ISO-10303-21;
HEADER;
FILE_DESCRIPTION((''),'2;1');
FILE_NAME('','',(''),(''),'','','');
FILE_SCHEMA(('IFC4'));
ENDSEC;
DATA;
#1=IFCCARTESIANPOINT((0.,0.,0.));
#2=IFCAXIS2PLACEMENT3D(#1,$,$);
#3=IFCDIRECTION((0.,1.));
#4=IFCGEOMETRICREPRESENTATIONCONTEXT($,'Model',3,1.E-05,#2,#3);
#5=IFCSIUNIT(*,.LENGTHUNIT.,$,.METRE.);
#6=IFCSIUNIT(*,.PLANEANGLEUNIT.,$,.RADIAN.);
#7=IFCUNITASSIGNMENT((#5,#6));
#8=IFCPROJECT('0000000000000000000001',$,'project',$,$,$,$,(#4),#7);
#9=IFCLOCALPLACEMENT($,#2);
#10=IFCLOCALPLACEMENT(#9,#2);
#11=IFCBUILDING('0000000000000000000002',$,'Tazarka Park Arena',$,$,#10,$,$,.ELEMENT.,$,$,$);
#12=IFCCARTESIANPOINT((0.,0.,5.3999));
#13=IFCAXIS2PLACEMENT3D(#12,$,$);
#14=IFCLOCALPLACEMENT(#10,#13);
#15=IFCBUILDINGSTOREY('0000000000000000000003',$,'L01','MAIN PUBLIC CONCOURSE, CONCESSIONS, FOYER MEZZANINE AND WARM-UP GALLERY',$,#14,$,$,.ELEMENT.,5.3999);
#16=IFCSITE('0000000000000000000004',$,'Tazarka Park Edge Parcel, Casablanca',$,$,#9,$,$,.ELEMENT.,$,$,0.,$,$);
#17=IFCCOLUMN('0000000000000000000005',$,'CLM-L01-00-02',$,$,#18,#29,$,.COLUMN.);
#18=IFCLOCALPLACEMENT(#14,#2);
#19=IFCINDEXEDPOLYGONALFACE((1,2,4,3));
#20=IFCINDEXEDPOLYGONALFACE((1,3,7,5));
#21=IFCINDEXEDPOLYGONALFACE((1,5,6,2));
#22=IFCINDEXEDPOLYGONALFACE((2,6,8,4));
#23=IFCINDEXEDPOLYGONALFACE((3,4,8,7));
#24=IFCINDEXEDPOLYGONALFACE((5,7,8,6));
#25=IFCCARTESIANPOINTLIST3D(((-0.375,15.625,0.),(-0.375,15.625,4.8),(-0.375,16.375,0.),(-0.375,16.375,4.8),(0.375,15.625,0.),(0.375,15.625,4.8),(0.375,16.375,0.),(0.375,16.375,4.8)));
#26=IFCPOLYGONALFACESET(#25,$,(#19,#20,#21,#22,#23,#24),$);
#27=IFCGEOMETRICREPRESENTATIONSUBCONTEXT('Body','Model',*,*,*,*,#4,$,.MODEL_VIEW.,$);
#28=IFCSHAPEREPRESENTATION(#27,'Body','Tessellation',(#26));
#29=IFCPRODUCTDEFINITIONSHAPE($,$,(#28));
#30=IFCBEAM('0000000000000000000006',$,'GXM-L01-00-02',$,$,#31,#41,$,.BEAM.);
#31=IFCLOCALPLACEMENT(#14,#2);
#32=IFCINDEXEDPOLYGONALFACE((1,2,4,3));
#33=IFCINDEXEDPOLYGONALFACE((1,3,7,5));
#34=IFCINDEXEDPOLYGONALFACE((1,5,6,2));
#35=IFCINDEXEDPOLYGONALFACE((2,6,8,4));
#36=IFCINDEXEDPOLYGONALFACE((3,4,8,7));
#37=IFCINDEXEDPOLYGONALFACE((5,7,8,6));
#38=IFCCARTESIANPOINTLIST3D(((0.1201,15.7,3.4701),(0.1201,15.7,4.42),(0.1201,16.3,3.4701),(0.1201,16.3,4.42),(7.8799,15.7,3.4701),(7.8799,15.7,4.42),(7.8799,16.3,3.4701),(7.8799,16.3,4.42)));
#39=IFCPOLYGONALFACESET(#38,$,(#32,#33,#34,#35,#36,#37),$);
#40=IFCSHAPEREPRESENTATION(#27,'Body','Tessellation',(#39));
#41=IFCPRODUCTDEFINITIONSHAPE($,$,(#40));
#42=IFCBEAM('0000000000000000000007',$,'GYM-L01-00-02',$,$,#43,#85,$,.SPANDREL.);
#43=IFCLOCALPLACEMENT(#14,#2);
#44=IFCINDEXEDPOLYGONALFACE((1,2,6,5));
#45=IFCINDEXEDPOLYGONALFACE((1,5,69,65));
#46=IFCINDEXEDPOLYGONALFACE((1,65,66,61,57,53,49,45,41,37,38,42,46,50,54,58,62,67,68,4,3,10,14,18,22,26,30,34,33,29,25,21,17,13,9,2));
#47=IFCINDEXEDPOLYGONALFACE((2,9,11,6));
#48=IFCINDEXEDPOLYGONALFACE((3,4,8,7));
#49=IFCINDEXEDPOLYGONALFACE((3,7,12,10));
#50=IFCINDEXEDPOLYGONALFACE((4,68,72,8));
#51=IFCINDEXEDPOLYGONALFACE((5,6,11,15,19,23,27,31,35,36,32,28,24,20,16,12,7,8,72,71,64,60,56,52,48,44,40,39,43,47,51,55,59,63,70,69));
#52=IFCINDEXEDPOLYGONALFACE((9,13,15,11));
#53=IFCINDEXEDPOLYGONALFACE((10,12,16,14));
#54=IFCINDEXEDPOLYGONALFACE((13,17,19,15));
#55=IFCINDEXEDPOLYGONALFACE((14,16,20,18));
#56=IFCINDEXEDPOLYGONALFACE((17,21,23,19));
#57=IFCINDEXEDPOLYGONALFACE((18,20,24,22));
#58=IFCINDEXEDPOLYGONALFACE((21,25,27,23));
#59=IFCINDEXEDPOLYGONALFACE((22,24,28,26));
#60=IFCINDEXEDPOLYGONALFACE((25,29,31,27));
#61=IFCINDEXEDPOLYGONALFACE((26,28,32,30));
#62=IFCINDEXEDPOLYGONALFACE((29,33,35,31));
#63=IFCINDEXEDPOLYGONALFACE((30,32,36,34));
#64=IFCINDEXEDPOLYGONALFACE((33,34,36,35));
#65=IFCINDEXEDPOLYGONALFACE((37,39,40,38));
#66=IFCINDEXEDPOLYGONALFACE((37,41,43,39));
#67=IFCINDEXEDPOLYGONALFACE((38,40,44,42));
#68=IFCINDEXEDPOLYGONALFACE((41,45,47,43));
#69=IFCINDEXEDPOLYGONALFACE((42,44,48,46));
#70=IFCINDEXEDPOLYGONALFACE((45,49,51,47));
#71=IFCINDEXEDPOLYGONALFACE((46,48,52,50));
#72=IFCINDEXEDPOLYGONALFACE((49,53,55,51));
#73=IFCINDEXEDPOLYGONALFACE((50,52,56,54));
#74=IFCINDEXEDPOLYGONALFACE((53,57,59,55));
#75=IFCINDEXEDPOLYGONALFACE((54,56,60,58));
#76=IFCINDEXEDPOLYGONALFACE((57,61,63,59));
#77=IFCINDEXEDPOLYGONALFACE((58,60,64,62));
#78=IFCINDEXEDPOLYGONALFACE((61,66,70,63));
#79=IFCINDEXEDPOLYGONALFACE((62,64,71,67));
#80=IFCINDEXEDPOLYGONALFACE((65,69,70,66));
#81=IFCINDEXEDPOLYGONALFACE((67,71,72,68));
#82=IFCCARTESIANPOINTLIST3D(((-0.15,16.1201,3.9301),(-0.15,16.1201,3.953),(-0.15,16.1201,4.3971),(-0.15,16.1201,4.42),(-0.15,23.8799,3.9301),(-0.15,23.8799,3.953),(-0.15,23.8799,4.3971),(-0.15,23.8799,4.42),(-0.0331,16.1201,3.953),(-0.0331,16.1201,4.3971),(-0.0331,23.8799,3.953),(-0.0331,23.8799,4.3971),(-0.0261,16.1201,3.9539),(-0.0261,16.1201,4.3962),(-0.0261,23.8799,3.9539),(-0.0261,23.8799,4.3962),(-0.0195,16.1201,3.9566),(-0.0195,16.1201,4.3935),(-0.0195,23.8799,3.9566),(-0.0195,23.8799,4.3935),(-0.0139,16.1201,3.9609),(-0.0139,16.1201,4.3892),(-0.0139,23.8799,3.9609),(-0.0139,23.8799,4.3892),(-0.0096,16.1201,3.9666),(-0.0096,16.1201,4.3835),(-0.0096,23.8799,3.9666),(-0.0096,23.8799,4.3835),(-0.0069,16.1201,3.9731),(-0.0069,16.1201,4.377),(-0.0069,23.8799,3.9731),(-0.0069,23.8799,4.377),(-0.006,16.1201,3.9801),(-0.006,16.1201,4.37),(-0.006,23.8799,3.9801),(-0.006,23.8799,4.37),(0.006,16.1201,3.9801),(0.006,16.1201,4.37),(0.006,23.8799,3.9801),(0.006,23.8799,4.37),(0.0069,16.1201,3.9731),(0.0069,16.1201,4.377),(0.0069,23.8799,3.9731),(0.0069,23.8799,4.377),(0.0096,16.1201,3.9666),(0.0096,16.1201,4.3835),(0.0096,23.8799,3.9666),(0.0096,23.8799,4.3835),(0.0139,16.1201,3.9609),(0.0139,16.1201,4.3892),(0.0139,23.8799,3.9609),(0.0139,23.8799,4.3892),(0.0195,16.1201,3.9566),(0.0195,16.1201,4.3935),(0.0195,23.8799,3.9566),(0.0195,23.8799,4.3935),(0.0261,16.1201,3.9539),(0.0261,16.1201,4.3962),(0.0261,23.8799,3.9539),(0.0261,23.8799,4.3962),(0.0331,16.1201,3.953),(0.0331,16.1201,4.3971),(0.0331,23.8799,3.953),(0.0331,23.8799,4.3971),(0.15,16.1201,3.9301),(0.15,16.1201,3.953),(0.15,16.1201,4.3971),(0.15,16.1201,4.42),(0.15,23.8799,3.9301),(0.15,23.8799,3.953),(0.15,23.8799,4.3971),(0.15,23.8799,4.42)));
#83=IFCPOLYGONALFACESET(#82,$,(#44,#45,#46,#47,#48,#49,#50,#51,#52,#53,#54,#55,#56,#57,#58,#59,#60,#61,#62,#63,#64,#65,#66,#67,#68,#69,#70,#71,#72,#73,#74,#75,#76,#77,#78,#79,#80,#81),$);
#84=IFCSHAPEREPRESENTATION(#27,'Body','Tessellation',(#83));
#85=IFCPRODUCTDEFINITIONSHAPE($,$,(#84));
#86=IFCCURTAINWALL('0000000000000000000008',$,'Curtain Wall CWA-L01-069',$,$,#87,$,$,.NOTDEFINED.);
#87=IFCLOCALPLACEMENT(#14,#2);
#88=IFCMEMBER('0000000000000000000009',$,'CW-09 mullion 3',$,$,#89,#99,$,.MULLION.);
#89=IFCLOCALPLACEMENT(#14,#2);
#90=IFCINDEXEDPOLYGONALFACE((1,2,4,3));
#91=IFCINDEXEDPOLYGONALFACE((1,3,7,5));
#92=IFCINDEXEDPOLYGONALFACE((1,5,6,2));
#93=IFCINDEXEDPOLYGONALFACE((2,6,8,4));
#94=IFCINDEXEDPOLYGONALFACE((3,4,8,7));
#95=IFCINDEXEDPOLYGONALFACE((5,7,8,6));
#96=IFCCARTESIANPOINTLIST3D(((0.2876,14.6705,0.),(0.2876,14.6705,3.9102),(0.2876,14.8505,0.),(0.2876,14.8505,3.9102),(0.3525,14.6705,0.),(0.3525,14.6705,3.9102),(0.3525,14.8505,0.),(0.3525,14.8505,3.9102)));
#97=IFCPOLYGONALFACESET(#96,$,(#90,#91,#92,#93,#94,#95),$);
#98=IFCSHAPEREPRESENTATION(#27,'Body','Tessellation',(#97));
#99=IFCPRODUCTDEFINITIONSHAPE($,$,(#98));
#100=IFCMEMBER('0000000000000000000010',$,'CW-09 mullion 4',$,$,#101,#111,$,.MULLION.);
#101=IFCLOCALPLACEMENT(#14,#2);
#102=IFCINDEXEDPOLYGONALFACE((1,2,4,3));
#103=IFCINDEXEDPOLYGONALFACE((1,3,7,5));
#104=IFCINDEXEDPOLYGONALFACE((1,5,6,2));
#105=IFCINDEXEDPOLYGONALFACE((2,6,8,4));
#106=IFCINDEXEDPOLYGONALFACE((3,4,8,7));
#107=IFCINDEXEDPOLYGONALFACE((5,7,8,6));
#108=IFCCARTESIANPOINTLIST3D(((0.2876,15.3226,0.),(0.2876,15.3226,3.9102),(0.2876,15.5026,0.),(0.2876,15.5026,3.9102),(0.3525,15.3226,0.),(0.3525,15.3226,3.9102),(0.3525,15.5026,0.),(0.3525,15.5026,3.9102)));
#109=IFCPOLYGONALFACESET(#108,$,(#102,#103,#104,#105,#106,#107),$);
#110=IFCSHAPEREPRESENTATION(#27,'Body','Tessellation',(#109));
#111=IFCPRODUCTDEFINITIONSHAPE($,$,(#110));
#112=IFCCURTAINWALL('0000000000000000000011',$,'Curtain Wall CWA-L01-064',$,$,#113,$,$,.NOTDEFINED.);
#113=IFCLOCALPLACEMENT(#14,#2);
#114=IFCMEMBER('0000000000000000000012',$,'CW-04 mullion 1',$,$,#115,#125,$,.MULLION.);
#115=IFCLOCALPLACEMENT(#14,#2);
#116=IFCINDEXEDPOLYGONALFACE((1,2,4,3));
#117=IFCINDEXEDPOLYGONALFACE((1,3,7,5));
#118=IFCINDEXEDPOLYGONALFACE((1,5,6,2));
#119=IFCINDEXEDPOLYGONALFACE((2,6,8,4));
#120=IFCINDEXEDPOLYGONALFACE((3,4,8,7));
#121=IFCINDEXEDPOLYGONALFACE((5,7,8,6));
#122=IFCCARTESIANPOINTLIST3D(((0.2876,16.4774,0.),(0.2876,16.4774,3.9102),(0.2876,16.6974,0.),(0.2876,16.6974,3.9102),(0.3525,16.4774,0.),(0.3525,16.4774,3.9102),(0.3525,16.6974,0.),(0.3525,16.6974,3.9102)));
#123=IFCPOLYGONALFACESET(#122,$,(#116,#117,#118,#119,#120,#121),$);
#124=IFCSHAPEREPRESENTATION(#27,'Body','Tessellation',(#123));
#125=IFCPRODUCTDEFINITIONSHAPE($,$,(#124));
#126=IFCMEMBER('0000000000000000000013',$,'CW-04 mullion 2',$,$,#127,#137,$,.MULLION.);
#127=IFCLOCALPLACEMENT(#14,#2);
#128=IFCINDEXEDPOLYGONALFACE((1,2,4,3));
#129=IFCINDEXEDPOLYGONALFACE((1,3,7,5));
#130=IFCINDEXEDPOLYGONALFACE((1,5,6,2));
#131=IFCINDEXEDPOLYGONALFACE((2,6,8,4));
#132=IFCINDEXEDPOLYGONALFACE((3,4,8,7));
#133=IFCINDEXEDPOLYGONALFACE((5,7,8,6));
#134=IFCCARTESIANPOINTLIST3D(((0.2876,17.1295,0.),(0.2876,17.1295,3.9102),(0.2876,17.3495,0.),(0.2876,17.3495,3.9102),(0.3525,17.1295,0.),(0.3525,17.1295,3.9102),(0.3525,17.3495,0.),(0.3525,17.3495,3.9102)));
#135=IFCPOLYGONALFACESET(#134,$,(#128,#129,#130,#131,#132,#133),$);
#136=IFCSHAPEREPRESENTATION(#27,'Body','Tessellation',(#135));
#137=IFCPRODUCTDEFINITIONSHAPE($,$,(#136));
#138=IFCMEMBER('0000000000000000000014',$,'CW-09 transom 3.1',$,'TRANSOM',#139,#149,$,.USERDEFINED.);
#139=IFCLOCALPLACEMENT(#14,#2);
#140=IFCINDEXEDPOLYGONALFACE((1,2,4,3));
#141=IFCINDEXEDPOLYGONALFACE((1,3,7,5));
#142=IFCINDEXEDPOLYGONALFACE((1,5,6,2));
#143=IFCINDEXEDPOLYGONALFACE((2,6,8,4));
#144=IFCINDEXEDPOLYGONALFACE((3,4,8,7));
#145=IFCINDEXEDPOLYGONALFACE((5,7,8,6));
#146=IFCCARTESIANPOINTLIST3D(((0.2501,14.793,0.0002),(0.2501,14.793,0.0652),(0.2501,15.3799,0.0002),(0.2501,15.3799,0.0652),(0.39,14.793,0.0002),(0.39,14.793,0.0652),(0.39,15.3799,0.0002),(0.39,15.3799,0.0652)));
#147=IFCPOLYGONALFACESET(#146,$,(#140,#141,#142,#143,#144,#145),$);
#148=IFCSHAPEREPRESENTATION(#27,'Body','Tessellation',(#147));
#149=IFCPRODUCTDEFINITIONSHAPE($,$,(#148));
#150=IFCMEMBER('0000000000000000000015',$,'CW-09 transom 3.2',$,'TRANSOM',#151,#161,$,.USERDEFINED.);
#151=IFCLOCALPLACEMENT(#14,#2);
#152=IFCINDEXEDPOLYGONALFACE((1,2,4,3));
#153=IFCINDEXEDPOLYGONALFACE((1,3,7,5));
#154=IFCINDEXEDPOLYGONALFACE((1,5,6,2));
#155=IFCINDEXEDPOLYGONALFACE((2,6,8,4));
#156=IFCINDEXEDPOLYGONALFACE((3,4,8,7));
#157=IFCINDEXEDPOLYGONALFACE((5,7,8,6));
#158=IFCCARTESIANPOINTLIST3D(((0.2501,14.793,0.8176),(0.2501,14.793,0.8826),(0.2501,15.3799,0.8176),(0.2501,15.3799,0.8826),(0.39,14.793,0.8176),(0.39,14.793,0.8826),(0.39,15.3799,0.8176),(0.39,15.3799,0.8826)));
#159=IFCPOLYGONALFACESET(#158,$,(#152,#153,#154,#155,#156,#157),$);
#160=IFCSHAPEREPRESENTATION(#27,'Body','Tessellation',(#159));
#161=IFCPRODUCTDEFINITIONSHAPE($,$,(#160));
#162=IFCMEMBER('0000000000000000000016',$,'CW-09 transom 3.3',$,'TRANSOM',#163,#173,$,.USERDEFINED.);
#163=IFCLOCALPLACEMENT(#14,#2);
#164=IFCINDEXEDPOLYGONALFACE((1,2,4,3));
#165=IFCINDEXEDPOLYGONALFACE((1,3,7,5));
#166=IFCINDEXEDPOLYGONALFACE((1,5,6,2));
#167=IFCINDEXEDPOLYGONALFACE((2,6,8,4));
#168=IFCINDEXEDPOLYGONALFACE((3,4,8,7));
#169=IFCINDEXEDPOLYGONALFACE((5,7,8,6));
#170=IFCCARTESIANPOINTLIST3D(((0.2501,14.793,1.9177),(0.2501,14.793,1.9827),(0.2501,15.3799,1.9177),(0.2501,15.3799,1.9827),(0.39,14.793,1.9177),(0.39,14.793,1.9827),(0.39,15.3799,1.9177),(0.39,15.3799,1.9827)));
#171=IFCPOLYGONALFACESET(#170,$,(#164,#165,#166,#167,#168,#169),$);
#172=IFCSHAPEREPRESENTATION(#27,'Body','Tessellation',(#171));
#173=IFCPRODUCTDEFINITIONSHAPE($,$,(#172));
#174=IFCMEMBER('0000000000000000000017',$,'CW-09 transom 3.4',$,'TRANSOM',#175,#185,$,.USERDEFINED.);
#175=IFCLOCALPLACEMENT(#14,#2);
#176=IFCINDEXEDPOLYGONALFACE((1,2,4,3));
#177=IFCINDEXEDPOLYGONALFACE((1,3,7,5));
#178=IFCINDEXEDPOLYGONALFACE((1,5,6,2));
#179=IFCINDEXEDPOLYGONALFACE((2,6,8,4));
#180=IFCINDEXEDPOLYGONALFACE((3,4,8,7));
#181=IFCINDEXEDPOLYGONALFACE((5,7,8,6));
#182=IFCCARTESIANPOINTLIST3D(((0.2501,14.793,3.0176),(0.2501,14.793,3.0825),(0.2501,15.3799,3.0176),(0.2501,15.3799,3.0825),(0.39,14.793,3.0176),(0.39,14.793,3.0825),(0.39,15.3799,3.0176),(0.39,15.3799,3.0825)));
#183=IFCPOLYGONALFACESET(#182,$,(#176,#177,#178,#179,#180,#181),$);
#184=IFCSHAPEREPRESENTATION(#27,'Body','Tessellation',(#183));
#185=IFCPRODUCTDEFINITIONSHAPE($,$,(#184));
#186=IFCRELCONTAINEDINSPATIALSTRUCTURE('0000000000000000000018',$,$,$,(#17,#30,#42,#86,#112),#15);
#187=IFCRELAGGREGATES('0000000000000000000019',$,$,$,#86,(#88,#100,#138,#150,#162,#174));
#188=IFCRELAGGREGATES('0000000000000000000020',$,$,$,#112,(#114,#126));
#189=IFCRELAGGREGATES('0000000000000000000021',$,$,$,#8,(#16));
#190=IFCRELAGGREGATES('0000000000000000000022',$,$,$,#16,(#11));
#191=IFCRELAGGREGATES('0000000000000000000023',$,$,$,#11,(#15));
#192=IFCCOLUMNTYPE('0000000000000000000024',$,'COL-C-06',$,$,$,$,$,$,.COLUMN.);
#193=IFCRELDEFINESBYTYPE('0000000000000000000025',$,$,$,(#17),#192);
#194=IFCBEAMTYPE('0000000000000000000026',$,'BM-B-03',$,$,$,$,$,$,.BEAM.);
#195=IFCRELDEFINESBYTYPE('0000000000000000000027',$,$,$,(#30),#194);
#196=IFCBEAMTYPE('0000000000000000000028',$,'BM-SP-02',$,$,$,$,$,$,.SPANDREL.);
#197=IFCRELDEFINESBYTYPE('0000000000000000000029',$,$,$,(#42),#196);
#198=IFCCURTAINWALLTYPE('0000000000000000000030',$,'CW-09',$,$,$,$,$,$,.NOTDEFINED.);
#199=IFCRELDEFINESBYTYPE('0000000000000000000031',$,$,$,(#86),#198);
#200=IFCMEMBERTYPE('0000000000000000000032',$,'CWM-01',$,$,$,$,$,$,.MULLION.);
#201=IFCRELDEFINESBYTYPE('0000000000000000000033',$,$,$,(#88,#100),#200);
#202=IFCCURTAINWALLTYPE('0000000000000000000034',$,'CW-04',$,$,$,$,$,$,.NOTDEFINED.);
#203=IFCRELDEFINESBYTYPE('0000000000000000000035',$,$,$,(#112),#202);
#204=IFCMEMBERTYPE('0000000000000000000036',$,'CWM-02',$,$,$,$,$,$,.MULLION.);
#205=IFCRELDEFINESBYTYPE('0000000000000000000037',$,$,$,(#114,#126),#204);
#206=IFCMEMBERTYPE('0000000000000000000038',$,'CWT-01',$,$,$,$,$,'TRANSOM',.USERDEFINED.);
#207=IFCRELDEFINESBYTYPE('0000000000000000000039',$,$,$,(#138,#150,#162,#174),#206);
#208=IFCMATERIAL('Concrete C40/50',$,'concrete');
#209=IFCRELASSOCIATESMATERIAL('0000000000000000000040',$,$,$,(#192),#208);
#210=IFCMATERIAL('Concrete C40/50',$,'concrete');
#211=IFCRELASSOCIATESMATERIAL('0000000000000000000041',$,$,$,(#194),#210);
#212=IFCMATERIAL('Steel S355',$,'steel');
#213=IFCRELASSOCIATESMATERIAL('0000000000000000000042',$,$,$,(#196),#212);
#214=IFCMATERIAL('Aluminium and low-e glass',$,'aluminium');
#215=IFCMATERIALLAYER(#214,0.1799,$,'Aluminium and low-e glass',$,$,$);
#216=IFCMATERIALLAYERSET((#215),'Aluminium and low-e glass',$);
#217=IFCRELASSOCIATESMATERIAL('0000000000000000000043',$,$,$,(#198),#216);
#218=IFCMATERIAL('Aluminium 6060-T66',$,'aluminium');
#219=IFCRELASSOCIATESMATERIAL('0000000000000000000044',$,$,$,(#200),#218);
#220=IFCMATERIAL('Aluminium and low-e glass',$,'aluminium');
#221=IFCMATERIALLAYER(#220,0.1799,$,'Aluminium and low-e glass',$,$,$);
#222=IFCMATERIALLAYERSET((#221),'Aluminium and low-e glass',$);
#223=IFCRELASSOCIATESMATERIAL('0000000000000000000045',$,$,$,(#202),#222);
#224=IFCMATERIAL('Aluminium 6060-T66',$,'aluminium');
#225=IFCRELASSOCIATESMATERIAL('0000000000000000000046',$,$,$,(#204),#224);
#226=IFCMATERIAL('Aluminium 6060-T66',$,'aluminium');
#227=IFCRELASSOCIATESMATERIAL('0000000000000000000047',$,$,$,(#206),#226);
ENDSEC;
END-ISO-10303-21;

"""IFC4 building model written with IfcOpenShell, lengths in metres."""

from ifc_helpers import new_model, si_unit, direction, frame, origin, origin_2d, place, context, subcontext, project, spatial, rectangle, i_section, extrude, material, layer, layer_set, material_profile, profile_set, type_object, element, aggregate, save


model = new_model("IFC4")

# Units and contexts
model_context = context("Model", 3, precision=1e-05, world=origin(), true_north=direction((0.0, 1.0)))
body_context = subcontext(model_context, "Body", "Model", "MODEL_VIEW")
ifc_project = project(units=[si_unit("LENGTHUNIT", "METRE"), si_unit("PLANEANGLEUNIT", "RADIAN")], contexts=[model_context])

# Site, building, storey
site_placement = place(None, origin())
site = spatial("IfcSite", under=ifc_project, at=site_placement, Name="Tazarka Park Edge Parcel, Casablanca", CompositionType="ELEMENT", RefElevation=0.0)
building_placement = place(site_placement, origin())
building = spatial("IfcBuilding", under=site, at=building_placement, Name="Tazarka Park Arena", CompositionType="ELEMENT")
storey_placement = place(building_placement, frame((0.0, 0.0, 5.3999)))
storey = spatial("IfcBuildingStorey", under=building, at=storey_placement, Name="L01", Description="MAIN PUBLIC CONCOURSE, CONCESSIONS, FOYER MEZZANINE AND WARM-UP GALLERY", CompositionType="ELEMENT", Elevation=5.3999)

# Column
ifc_material_1 = material(Name="Concrete C40/50", Category="concrete")
ifc_material_profile_1 = material_profile(ifc_material_1, rectangle(XDim=0.75, YDim=0.75, at=origin_2d()), Name="Concrete C40/50")
ifc_profile_set_1 = profile_set([ifc_material_profile_1], Name="Concrete C40/50")
column_type = type_object("IfcColumnType", Name="COL-C-06", PredefinedType="COLUMN", material=ifc_profile_set_1)
column_placement = place(storey_placement, frame((0.0, 16.0, 0.0), z_axis=(0.0, 0.0, 1.0), x_axis=(1.0, 0.0, 0.0)))
element("IfcColumn", 1, at=column_placement, inside=storey, type_object=column_type, Name="CLM-L01-00-02", PredefinedType="COLUMN", context=body_context, shape_type="SweptSolid", body=[
    extrude(rectangle(XDim=0.75, YDim=0.75, at=origin_2d()), origin(), (0.0, 0.0, 1.0), 4.8),
])

# Beams
ifc_material_2 = material(Name="Concrete C40/50", Category="concrete")
ifc_material_profile_2 = material_profile(ifc_material_2, rectangle(XDim=0.6001, YDim=0.95, at=origin_2d()), Name="Concrete C40/50")
ifc_profile_set_2 = profile_set([ifc_material_profile_2], Name="Concrete C40/50")
beam_type_1 = type_object("IfcBeamType", Name="BM-B-03", PredefinedType="BEAM", material=ifc_profile_set_2)
beam_1_placement = place(storey_placement, frame((0.1201, 16.0, 3.9451), z_axis=(1.0, 0.0, 0.0), x_axis=(0.0, 1.0, 0.0)))
element("IfcBeam", 2, at=beam_1_placement, inside=storey, type_object=beam_type_1, Name="GXM-L01-00-02", PredefinedType="BEAM", context=body_context, shape_type="SweptSolid", body=[
    extrude(rectangle(XDim=0.6001, YDim=0.95, at=origin_2d()), origin(), (0.0, 0.0, 1.0), 7.7598),
])
ifc_material_3 = material(Name="Steel S355", Category="steel")
ifc_material_profile_3 = material_profile(ifc_material_3, i_section(OverallWidth=0.3, OverallDepth=0.49, WebThickness=0.012, FlangeThickness=0.0229, FilletRadius=0.0271, at=origin_2d()), Name="Steel S355")
ifc_profile_set_3 = profile_set([ifc_material_profile_3], Name="Steel S355")
beam_type_2 = type_object("IfcBeamType", Name="BM-SP-02", PredefinedType="SPANDREL", material=ifc_profile_set_3)
beam_2_placement = place(storey_placement, frame((0.0, 16.1201, 4.175), z_axis=(0.0, 1.0, 0.0), x_axis=(-1.0, 0.0, 0.0)))
element("IfcBeam", 3, at=beam_2_placement, inside=storey, type_object=beam_type_2, Name="GYM-L01-00-02", PredefinedType="SPANDREL", context=body_context, shape_type="SweptSolid", body=[
    extrude(i_section(OverallWidth=0.3, OverallDepth=0.49, WebThickness=0.012, FlangeThickness=0.0229, FilletRadius=0.0271, at=origin_2d()), origin(), (0.0, 0.0, 1.0), 7.7598),
])

# Curtain walls, members
ifc_material_4 = material(Name="Aluminium and low-e glass", Category="aluminium")
ifc_layer_1 = layer(ifc_material_4, 0.1799, Name="Aluminium and low-e glass")
ifc_layer_set_1 = layer_set([ifc_layer_1], Name="Aluminium and low-e glass")
curtain_wall_type_1 = type_object("IfcCurtainWallType", Name="CW-09", PredefinedType="NOTDEFINED", material=ifc_layer_set_1)
curtain_wall_1_placement = place(storey_placement, origin())
curtain_wall_1 = element("IfcCurtainWall", 4, at=curtain_wall_1_placement, inside=storey, type_object=curtain_wall_type_1, Name="Curtain Wall CWA-L01-069", PredefinedType="NOTDEFINED")
ifc_material_5 = material(Name="Aluminium 6060-T66", Category="aluminium")
ifc_material_profile_4 = material_profile(ifc_material_5, rectangle(XDim=0.0649, YDim=0.1799, at=origin_2d()), Name="Aluminium 6060-T66")
ifc_profile_set_4 = profile_set([ifc_material_profile_4], Name="Aluminium 6060-T66")
member_type_1 = type_object("IfcMemberType", Name="CWM-01", PredefinedType="MULLION", material=ifc_profile_set_4)
member_1_placement = place(storey_placement, frame((0.3201, 14.7605, 0.0), z_axis=(0.0, 0.0, 1.0), x_axis=(-1.0, 0.0, 0.0)))
member_1 = element("IfcMember", 5, at=member_1_placement, type_object=member_type_1, Name="CW-09 mullion 3", PredefinedType="MULLION", context=body_context, shape_type="SweptSolid", body=[
    extrude(rectangle(XDim=0.0649, YDim=0.1799, at=origin_2d()), origin(), (0.0, 0.0, 1.0), 3.9102),
])
member_2_placement = place(storey_placement, frame((0.3201, 15.4126, 0.0), z_axis=(0.0, 0.0, 1.0), x_axis=(-1.0, 0.0, 0.0)))
member_2 = element("IfcMember", 6, at=member_2_placement, type_object=member_type_1, Name="CW-09 mullion 4", PredefinedType="MULLION", context=body_context, shape_type="SweptSolid", body=[
    extrude(rectangle(XDim=0.0649, YDim=0.1799, at=origin_2d()), origin(), (0.0, 0.0, 1.0), 3.9102),
])
ifc_material_6 = material(Name="Aluminium and low-e glass", Category="aluminium")
ifc_layer_2 = layer(ifc_material_6, 0.1799, Name="Aluminium and low-e glass")
ifc_layer_set_2 = layer_set([ifc_layer_2], Name="Aluminium and low-e glass")
curtain_wall_type_2 = type_object("IfcCurtainWallType", Name="CW-04", PredefinedType="NOTDEFINED", material=ifc_layer_set_2)
curtain_wall_2_placement = place(storey_placement, origin())
curtain_wall_2 = element("IfcCurtainWall", 7, at=curtain_wall_2_placement, inside=storey, type_object=curtain_wall_type_2, Name="Curtain Wall CWA-L01-064", PredefinedType="NOTDEFINED")
ifc_material_7 = material(Name="Aluminium 6060-T66", Category="aluminium")
ifc_material_profile_5 = material_profile(ifc_material_7, rectangle(XDim=0.0649, YDim=0.22, at=origin_2d()), Name="Aluminium 6060-T66")
ifc_profile_set_5 = profile_set([ifc_material_profile_5], Name="Aluminium 6060-T66")
member_type_2 = type_object("IfcMemberType", Name="CWM-02", PredefinedType="MULLION", material=ifc_profile_set_5)
member_3_placement = place(storey_placement, frame((0.3201, 16.5874, 0.0), z_axis=(0.0, 0.0, 1.0), x_axis=(-1.0, 0.0, 0.0)))
member_3 = element("IfcMember", 8, at=member_3_placement, type_object=member_type_2, Name="CW-04 mullion 1", PredefinedType="MULLION", context=body_context, shape_type="SweptSolid", body=[
    extrude(rectangle(XDim=0.0649, YDim=0.22, at=origin_2d()), origin(), (0.0, 0.0, 1.0), 3.9102),
])
member_4_placement = place(storey_placement, frame((0.3201, 17.2395, 0.0), z_axis=(0.0, 0.0, 1.0), x_axis=(-1.0, 0.0, 0.0)))
member_4 = element("IfcMember", 9, at=member_4_placement, type_object=member_type_2, Name="CW-04 mullion 2", PredefinedType="MULLION", context=body_context, shape_type="SweptSolid", body=[
    extrude(rectangle(XDim=0.0649, YDim=0.22, at=origin_2d()), origin(), (0.0, 0.0, 1.0), 3.9102),
])

# Members
ifc_material_8 = material(Name="Aluminium 6060-T66", Category="aluminium")
ifc_material_profile_6 = material_profile(ifc_material_8, rectangle(XDim=0.1399, YDim=0.0649, at=origin_2d()), Name="Aluminium 6060-T66")
ifc_profile_set_6 = profile_set([ifc_material_profile_6], Name="Aluminium 6060-T66")
member_type_3 = type_object("IfcMemberType", Name="CWT-01", ElementType="TRANSOM", PredefinedType="USERDEFINED", material=ifc_profile_set_6)
member_5_placement = place(storey_placement, frame((0.3201, 14.793, 0.0327), z_axis=(0.0, 1.0, 0.0), x_axis=(-1.0, 0.0, 0.0)))
member_5 = element("IfcMember", 10, at=member_5_placement, type_object=member_type_3, Name="CW-09 transom 3.1", ObjectType="TRANSOM", PredefinedType="USERDEFINED", context=body_context, shape_type="SweptSolid", body=[
    extrude(rectangle(XDim=0.1399, YDim=0.0649, at=origin_2d()), origin(), (0.0, 0.0, 1.0), 0.5869),
])
member_6_placement = place(storey_placement, frame((0.3201, 14.793, 0.8501), z_axis=(0.0, 1.0, 0.0), x_axis=(-1.0, 0.0, 0.0)))
member_6 = element("IfcMember", 11, at=member_6_placement, type_object=member_type_3, Name="CW-09 transom 3.2", ObjectType="TRANSOM", PredefinedType="USERDEFINED", context=body_context, shape_type="SweptSolid", body=[
    extrude(rectangle(XDim=0.1399, YDim=0.0649, at=origin_2d()), origin(), (0.0, 0.0, 1.0), 0.5869),
])
member_7_placement = place(storey_placement, frame((0.3201, 14.793, 1.9502), z_axis=(0.0, 1.0, 0.0), x_axis=(-1.0, 0.0, 0.0)))
member_7 = element("IfcMember", 12, at=member_7_placement, type_object=member_type_3, Name="CW-09 transom 3.3", ObjectType="TRANSOM", PredefinedType="USERDEFINED", context=body_context, shape_type="SweptSolid", body=[
    extrude(rectangle(XDim=0.1399, YDim=0.0649, at=origin_2d()), origin(), (0.0, 0.0, 1.0), 0.5869),
])
member_8_placement = place(storey_placement, frame((0.3201, 14.793, 3.05), z_axis=(0.0, 1.0, 0.0), x_axis=(-1.0, 0.0, 0.0)))
member_8 = element("IfcMember", 13, at=member_8_placement, type_object=member_type_3, Name="CW-09 transom 3.4", ObjectType="TRANSOM", PredefinedType="USERDEFINED", context=body_context, shape_type="SweptSolid", body=[
    extrude(rectangle(XDim=0.1399, YDim=0.0649, at=origin_2d()), origin(), (0.0, 0.0, 1.0), 0.5869),
])

aggregate(curtain_wall_1, [member_1, member_2, member_5, member_6, member_7, member_8])
aggregate(curtain_wall_2, [member_3, member_4])

save(model, "model.ifc")
